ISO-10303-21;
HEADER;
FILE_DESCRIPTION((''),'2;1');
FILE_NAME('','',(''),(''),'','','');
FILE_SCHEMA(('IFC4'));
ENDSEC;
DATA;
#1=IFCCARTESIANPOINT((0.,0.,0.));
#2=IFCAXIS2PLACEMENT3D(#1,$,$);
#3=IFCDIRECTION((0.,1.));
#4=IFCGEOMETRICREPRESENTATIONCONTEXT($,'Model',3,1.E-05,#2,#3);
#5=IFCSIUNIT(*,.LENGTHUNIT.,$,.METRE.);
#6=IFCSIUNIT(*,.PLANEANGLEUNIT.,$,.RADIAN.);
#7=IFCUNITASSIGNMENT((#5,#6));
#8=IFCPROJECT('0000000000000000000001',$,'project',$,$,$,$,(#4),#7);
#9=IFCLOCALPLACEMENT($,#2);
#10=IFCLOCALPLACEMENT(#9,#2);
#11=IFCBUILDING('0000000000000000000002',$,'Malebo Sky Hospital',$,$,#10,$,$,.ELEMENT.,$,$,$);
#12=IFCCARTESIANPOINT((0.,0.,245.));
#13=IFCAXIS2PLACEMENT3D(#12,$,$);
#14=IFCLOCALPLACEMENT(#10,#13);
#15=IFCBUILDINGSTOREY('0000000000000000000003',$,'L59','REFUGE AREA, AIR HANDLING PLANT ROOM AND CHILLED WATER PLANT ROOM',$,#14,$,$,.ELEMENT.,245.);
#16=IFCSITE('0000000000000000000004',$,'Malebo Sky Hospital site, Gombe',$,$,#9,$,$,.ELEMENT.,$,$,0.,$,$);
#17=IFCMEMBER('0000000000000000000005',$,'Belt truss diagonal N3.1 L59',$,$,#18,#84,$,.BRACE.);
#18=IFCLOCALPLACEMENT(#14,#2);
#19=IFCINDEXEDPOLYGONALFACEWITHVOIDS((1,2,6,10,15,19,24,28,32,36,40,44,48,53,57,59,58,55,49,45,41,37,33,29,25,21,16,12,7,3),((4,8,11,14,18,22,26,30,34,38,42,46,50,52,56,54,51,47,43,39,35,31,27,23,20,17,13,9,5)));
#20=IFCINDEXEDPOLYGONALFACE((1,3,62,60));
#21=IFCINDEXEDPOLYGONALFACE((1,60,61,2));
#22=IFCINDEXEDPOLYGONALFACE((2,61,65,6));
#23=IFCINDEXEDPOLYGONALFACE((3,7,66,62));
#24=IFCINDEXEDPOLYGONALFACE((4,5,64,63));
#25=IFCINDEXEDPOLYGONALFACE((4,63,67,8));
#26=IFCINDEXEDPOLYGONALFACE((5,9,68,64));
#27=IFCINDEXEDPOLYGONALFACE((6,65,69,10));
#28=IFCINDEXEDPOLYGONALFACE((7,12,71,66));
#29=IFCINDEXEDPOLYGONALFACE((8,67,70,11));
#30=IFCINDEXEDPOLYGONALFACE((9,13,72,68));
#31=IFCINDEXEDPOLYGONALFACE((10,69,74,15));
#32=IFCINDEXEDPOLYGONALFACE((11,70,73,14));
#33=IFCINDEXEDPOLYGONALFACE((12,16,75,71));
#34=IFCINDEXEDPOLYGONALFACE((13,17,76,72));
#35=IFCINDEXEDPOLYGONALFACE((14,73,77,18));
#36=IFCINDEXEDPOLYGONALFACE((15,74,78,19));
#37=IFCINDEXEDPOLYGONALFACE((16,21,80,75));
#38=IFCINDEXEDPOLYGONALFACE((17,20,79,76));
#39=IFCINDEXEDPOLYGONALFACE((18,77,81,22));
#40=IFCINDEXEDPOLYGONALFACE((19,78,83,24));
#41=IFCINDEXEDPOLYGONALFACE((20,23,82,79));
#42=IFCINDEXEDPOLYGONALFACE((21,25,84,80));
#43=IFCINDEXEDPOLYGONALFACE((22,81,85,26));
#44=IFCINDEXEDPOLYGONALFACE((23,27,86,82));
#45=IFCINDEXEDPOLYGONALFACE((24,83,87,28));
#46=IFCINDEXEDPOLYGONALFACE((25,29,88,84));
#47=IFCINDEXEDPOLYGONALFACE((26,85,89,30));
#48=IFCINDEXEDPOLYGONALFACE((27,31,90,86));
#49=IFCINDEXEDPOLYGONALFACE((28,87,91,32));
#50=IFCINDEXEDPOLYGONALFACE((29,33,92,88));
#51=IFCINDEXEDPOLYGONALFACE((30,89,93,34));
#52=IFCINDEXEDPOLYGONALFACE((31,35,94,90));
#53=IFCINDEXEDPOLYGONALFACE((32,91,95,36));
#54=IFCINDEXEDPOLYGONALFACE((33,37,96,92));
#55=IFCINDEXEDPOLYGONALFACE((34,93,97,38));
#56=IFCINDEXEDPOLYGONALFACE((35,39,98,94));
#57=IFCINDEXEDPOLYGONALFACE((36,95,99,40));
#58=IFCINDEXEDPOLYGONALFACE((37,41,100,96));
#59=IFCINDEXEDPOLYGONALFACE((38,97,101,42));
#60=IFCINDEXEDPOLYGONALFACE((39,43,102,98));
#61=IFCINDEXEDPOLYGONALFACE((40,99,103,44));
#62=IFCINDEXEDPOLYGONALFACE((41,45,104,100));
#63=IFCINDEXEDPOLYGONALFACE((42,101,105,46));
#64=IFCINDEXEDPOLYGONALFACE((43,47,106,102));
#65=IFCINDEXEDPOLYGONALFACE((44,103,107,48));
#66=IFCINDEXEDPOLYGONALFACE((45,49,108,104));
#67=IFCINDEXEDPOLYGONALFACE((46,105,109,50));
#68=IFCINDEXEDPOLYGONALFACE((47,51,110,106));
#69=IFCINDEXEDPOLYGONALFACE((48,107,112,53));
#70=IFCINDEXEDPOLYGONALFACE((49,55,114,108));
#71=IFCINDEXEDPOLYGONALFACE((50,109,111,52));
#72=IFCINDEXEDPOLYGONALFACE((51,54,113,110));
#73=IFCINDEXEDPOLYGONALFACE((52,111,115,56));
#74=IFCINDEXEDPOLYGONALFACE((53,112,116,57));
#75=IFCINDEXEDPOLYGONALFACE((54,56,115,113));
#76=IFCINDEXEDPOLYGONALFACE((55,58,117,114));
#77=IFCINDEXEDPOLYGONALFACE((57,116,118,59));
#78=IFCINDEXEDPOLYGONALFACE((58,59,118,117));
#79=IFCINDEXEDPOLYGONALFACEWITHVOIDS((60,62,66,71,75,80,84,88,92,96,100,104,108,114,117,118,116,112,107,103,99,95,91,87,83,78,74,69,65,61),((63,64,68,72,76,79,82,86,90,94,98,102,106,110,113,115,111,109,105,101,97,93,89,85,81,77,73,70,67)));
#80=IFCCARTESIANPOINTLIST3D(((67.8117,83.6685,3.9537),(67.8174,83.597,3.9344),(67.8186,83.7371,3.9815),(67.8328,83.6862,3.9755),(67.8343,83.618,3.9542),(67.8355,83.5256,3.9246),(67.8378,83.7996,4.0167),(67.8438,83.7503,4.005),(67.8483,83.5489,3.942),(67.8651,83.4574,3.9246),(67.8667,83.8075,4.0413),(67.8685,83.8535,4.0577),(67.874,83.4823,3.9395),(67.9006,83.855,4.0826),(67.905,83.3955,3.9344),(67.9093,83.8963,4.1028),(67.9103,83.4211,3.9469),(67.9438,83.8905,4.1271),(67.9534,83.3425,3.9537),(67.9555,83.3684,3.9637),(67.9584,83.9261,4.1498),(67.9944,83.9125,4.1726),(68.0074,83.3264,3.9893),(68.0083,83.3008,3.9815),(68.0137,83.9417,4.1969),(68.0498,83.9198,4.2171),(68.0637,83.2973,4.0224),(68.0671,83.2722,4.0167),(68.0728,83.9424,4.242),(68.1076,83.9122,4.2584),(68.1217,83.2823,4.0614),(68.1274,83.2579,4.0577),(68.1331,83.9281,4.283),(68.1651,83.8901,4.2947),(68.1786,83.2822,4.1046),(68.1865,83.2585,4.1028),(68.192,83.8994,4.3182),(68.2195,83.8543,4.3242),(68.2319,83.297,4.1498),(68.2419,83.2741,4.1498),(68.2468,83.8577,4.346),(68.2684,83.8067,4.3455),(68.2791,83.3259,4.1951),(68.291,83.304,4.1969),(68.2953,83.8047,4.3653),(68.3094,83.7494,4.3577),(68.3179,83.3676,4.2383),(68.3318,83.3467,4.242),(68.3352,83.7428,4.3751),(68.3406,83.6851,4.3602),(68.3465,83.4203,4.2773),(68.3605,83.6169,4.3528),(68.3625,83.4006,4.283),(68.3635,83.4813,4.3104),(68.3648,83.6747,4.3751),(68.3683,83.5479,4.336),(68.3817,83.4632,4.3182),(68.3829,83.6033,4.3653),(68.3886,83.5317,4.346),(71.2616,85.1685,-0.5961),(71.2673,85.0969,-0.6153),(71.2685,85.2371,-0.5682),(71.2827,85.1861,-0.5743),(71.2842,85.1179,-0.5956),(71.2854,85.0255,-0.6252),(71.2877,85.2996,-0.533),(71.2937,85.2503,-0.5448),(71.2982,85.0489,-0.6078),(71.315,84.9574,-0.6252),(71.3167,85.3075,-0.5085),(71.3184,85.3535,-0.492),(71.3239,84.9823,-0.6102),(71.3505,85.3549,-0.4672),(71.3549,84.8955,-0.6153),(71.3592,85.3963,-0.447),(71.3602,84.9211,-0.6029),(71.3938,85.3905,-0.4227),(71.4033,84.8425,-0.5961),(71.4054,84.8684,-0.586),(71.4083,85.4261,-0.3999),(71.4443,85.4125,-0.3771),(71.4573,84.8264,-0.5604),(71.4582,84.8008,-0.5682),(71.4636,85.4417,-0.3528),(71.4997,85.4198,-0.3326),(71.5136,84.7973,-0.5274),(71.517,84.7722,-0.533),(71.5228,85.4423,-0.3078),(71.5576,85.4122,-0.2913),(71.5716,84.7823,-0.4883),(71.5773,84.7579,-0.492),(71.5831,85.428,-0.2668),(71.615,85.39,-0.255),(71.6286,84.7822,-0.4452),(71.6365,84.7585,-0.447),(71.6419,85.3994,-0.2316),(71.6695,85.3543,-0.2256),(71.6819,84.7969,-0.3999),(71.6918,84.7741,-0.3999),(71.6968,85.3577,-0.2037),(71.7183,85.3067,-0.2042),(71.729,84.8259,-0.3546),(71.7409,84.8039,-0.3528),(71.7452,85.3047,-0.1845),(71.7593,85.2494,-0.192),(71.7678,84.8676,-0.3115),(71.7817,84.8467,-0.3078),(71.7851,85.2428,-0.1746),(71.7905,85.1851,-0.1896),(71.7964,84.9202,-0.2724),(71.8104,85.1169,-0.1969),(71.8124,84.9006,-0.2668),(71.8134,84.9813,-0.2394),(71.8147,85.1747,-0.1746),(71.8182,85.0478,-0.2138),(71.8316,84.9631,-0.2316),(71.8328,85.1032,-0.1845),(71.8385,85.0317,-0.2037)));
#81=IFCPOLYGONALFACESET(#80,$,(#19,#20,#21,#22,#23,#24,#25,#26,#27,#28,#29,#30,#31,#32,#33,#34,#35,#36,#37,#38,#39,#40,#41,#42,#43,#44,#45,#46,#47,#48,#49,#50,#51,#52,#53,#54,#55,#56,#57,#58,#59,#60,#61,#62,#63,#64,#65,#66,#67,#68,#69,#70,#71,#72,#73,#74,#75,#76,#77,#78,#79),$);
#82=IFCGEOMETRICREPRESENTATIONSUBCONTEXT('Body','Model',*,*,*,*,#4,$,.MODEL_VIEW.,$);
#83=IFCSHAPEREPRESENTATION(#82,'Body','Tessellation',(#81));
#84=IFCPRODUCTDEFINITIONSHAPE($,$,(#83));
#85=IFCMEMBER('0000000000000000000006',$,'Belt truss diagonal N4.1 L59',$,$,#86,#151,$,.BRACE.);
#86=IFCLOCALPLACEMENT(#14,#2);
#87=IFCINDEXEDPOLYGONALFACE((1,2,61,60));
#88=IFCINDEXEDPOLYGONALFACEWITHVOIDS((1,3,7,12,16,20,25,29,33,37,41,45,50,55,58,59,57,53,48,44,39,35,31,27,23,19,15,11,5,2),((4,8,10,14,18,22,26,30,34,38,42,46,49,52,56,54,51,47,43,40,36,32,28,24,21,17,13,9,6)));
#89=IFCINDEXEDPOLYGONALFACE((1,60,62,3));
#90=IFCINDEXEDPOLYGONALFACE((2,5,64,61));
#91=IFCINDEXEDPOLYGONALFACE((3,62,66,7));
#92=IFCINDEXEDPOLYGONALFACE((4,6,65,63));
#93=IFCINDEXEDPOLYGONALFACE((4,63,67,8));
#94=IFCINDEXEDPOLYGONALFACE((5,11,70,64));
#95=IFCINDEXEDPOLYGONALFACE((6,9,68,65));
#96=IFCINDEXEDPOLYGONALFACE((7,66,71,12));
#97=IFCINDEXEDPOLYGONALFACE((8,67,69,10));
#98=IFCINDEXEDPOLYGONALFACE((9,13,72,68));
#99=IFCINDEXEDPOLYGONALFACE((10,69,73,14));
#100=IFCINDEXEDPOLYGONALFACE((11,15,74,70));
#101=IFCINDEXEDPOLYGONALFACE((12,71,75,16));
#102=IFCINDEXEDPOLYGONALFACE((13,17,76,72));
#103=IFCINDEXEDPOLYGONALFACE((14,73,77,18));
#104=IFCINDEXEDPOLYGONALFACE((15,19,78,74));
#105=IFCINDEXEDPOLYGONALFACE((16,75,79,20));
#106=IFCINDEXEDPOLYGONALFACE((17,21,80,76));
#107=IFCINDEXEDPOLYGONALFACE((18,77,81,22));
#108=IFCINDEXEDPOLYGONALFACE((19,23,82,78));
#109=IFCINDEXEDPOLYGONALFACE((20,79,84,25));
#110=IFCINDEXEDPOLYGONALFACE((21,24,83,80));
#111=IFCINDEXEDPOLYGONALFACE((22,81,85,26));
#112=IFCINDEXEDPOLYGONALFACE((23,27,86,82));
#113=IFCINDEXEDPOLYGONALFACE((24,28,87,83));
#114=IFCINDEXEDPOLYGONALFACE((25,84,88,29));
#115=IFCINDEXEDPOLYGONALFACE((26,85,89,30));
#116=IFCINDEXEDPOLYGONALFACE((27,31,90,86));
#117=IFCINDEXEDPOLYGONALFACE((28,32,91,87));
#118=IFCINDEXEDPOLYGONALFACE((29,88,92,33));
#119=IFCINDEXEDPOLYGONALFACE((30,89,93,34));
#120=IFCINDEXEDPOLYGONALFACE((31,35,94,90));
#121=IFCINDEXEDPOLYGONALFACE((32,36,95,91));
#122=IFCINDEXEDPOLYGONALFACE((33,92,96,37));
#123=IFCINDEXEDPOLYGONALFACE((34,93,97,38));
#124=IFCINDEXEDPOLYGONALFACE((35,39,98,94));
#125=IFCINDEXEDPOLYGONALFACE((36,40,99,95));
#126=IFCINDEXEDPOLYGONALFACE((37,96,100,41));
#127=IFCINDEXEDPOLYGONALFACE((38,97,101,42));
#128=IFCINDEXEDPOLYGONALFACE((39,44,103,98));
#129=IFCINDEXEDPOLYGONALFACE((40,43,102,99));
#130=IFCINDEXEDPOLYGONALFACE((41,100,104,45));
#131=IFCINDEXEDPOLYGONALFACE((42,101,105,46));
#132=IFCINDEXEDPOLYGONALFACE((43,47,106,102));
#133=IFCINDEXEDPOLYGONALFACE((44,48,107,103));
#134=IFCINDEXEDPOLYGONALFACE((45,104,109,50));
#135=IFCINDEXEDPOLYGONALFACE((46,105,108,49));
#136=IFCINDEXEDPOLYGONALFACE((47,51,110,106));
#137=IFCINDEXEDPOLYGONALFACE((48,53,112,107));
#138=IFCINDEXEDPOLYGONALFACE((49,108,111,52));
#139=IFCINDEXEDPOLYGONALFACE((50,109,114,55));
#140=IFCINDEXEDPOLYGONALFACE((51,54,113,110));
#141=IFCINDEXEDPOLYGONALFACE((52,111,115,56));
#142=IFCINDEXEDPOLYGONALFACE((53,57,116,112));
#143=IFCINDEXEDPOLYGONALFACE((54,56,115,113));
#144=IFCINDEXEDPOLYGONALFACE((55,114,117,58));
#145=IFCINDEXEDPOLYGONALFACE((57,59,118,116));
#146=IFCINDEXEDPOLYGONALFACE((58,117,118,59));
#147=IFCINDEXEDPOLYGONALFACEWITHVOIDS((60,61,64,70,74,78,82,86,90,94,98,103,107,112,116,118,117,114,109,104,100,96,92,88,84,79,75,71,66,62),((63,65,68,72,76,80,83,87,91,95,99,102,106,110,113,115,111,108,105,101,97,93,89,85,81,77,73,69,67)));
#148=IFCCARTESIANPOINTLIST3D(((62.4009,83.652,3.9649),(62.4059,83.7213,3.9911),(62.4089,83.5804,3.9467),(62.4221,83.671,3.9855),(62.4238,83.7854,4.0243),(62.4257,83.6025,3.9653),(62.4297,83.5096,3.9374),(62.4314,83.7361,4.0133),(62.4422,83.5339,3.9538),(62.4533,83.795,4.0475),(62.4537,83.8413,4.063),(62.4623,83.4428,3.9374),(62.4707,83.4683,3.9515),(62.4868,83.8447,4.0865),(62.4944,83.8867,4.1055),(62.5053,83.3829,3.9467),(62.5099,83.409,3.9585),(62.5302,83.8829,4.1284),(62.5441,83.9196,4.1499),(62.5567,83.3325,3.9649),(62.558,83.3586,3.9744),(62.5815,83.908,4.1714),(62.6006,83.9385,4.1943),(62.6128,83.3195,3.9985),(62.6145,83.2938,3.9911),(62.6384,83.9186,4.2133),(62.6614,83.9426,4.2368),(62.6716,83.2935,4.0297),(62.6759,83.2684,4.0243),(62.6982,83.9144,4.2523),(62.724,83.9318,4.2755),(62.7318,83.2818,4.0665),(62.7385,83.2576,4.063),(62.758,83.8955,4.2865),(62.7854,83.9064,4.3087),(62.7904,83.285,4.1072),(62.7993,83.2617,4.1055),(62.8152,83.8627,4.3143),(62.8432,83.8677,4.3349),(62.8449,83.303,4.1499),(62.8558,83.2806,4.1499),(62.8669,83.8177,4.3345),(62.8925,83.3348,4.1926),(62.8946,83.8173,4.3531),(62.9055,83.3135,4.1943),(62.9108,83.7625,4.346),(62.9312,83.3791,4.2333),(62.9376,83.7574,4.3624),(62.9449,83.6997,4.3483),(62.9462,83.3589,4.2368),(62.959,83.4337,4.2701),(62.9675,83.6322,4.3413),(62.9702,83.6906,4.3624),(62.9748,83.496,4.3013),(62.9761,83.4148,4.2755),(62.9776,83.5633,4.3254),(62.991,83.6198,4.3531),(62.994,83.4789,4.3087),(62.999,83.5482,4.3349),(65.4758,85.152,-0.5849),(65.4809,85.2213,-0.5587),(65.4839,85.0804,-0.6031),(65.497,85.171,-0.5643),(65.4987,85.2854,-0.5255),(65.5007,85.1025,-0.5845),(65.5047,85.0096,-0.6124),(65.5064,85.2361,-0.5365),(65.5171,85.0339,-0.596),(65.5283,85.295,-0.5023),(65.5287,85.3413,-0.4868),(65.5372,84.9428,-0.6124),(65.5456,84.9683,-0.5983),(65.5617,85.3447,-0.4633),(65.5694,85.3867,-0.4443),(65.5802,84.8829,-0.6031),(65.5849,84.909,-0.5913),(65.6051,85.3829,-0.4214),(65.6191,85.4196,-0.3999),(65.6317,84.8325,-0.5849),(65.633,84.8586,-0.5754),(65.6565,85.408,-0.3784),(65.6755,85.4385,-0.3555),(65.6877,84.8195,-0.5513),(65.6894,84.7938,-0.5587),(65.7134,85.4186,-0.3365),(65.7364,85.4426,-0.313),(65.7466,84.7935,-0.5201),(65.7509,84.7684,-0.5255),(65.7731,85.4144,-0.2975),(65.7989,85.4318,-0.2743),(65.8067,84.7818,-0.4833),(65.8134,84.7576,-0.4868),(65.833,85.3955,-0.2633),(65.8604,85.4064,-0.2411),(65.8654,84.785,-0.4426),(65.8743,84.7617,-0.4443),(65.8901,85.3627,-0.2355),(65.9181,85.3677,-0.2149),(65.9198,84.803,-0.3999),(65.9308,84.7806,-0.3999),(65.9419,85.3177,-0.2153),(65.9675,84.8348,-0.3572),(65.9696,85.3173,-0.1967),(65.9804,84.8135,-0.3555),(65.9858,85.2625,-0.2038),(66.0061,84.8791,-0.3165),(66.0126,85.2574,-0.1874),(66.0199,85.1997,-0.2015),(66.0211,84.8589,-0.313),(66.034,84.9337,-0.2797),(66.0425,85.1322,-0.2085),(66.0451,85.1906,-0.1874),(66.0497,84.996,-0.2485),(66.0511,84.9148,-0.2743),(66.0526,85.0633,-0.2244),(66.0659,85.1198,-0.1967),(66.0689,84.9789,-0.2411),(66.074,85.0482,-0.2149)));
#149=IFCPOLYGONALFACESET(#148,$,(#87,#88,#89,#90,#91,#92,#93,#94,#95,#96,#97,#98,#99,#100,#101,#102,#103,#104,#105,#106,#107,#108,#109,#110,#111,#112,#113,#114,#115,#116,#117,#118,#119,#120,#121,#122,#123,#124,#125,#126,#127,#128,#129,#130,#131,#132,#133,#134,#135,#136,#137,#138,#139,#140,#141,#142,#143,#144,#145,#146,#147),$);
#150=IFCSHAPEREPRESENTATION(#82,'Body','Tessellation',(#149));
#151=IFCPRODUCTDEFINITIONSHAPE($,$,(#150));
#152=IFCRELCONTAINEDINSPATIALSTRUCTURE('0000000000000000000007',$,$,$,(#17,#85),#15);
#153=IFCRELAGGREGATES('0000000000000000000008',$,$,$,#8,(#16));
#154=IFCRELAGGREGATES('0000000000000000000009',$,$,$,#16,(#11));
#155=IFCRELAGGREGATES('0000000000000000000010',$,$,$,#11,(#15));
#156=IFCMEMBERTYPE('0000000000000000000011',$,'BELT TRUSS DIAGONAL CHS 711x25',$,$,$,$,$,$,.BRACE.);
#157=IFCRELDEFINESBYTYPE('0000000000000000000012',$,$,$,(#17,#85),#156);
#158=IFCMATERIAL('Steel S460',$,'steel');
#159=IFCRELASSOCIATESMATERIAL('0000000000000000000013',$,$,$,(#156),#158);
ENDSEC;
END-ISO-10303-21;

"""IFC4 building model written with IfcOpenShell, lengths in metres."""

from ifc_helpers import new_model, si_unit, direction, frame, origin, origin_2d, place, context, subcontext, project, spatial, hollow_circle, extrude, material, material_profile, profile_set, type_object, element, save


model = new_model("IFC4")

# Units and contexts
model_context = context("Model", 3, precision=1e-05, world=origin(), true_north=direction((0.0, 1.0)))
body_context = subcontext(model_context, "Body", "Model", "MODEL_VIEW")
ifc_project = project(units=[si_unit("LENGTHUNIT", "METRE"), si_unit("PLANEANGLEUNIT", "RADIAN")], contexts=[model_context])

# Site, building, storey
site_placement = place(None, origin())
site = spatial("IfcSite", under=ifc_project, at=site_placement, Name="Malebo Sky Hospital site, Gombe", CompositionType="ELEMENT", RefElevation=0.0)
building_placement = place(site_placement, origin())
building = spatial("IfcBuilding", under=site, at=building_placement, Name="Malebo Sky Hospital", CompositionType="ELEMENT")
storey_placement = place(building_placement, frame((0.0, 0.0, 245.0)))
storey = spatial("IfcBuildingStorey", under=building, at=storey_placement, Name="L59", Description="REFUGE AREA, AIR HANDLING PLANT ROOM AND CHILLED WATER PLANT ROOM", CompositionType="ELEMENT", Elevation=245.0)

# Members
ifc_material_1 = material(Name="Steel S460", Category="steel")
ifc_material_profile_1 = material_profile(ifc_material_1, hollow_circle(Radius=0.3555, WallThickness=0.0249, at=origin_2d()), Name="CHS 711x25")
ifc_profile_set_1 = profile_set([ifc_material_profile_1], Name="Steel S460")
member_type_1 = type_object("IfcMemberType", Name="BELT TRUSS DIAGONAL CHS 711x25", PredefinedType="BRACE", material=ifc_profile_set_1)
member_1_placement = place(storey_placement, frame((71.55, 85.1001, -0.3999), z_axis=(-0.584378, -0.254081, 0.770679), x_axis=(0.398731, -0.917068, 0.0)))
element("IfcMember", 1, at=member_1_placement, inside=storey, type_object=member_type_1, Name="Belt truss diagonal N3.1 L59", PredefinedType="BRACE", context=body_context, shape_type="SweptSolid", body=[
    extrude(hollow_circle(Radius=0.3555, WallThickness=0.0249, at=origin_2d()), origin(), (0.0, 0.0, 1.0), 5.9036),
])
member_2_placement = place(storey_placement, frame((65.7749, 85.1001, -0.3999), z_axis=(-0.540163, -0.263499, 0.799245), x_axis=(0.438429, -0.898766, 0.0)))
element("IfcMember", 2, at=member_2_placement, inside=storey, type_object=member_type_1, Name="Belt truss diagonal N4.1 L59", PredefinedType="BRACE", context=body_context, shape_type="SweptSolid", body=[
    extrude(hollow_circle(Radius=0.3555, WallThickness=0.0249, at=origin_2d()), origin(), (0.0, 0.0, 1.0), 5.6926),
])

save(model, "model.ifc")
